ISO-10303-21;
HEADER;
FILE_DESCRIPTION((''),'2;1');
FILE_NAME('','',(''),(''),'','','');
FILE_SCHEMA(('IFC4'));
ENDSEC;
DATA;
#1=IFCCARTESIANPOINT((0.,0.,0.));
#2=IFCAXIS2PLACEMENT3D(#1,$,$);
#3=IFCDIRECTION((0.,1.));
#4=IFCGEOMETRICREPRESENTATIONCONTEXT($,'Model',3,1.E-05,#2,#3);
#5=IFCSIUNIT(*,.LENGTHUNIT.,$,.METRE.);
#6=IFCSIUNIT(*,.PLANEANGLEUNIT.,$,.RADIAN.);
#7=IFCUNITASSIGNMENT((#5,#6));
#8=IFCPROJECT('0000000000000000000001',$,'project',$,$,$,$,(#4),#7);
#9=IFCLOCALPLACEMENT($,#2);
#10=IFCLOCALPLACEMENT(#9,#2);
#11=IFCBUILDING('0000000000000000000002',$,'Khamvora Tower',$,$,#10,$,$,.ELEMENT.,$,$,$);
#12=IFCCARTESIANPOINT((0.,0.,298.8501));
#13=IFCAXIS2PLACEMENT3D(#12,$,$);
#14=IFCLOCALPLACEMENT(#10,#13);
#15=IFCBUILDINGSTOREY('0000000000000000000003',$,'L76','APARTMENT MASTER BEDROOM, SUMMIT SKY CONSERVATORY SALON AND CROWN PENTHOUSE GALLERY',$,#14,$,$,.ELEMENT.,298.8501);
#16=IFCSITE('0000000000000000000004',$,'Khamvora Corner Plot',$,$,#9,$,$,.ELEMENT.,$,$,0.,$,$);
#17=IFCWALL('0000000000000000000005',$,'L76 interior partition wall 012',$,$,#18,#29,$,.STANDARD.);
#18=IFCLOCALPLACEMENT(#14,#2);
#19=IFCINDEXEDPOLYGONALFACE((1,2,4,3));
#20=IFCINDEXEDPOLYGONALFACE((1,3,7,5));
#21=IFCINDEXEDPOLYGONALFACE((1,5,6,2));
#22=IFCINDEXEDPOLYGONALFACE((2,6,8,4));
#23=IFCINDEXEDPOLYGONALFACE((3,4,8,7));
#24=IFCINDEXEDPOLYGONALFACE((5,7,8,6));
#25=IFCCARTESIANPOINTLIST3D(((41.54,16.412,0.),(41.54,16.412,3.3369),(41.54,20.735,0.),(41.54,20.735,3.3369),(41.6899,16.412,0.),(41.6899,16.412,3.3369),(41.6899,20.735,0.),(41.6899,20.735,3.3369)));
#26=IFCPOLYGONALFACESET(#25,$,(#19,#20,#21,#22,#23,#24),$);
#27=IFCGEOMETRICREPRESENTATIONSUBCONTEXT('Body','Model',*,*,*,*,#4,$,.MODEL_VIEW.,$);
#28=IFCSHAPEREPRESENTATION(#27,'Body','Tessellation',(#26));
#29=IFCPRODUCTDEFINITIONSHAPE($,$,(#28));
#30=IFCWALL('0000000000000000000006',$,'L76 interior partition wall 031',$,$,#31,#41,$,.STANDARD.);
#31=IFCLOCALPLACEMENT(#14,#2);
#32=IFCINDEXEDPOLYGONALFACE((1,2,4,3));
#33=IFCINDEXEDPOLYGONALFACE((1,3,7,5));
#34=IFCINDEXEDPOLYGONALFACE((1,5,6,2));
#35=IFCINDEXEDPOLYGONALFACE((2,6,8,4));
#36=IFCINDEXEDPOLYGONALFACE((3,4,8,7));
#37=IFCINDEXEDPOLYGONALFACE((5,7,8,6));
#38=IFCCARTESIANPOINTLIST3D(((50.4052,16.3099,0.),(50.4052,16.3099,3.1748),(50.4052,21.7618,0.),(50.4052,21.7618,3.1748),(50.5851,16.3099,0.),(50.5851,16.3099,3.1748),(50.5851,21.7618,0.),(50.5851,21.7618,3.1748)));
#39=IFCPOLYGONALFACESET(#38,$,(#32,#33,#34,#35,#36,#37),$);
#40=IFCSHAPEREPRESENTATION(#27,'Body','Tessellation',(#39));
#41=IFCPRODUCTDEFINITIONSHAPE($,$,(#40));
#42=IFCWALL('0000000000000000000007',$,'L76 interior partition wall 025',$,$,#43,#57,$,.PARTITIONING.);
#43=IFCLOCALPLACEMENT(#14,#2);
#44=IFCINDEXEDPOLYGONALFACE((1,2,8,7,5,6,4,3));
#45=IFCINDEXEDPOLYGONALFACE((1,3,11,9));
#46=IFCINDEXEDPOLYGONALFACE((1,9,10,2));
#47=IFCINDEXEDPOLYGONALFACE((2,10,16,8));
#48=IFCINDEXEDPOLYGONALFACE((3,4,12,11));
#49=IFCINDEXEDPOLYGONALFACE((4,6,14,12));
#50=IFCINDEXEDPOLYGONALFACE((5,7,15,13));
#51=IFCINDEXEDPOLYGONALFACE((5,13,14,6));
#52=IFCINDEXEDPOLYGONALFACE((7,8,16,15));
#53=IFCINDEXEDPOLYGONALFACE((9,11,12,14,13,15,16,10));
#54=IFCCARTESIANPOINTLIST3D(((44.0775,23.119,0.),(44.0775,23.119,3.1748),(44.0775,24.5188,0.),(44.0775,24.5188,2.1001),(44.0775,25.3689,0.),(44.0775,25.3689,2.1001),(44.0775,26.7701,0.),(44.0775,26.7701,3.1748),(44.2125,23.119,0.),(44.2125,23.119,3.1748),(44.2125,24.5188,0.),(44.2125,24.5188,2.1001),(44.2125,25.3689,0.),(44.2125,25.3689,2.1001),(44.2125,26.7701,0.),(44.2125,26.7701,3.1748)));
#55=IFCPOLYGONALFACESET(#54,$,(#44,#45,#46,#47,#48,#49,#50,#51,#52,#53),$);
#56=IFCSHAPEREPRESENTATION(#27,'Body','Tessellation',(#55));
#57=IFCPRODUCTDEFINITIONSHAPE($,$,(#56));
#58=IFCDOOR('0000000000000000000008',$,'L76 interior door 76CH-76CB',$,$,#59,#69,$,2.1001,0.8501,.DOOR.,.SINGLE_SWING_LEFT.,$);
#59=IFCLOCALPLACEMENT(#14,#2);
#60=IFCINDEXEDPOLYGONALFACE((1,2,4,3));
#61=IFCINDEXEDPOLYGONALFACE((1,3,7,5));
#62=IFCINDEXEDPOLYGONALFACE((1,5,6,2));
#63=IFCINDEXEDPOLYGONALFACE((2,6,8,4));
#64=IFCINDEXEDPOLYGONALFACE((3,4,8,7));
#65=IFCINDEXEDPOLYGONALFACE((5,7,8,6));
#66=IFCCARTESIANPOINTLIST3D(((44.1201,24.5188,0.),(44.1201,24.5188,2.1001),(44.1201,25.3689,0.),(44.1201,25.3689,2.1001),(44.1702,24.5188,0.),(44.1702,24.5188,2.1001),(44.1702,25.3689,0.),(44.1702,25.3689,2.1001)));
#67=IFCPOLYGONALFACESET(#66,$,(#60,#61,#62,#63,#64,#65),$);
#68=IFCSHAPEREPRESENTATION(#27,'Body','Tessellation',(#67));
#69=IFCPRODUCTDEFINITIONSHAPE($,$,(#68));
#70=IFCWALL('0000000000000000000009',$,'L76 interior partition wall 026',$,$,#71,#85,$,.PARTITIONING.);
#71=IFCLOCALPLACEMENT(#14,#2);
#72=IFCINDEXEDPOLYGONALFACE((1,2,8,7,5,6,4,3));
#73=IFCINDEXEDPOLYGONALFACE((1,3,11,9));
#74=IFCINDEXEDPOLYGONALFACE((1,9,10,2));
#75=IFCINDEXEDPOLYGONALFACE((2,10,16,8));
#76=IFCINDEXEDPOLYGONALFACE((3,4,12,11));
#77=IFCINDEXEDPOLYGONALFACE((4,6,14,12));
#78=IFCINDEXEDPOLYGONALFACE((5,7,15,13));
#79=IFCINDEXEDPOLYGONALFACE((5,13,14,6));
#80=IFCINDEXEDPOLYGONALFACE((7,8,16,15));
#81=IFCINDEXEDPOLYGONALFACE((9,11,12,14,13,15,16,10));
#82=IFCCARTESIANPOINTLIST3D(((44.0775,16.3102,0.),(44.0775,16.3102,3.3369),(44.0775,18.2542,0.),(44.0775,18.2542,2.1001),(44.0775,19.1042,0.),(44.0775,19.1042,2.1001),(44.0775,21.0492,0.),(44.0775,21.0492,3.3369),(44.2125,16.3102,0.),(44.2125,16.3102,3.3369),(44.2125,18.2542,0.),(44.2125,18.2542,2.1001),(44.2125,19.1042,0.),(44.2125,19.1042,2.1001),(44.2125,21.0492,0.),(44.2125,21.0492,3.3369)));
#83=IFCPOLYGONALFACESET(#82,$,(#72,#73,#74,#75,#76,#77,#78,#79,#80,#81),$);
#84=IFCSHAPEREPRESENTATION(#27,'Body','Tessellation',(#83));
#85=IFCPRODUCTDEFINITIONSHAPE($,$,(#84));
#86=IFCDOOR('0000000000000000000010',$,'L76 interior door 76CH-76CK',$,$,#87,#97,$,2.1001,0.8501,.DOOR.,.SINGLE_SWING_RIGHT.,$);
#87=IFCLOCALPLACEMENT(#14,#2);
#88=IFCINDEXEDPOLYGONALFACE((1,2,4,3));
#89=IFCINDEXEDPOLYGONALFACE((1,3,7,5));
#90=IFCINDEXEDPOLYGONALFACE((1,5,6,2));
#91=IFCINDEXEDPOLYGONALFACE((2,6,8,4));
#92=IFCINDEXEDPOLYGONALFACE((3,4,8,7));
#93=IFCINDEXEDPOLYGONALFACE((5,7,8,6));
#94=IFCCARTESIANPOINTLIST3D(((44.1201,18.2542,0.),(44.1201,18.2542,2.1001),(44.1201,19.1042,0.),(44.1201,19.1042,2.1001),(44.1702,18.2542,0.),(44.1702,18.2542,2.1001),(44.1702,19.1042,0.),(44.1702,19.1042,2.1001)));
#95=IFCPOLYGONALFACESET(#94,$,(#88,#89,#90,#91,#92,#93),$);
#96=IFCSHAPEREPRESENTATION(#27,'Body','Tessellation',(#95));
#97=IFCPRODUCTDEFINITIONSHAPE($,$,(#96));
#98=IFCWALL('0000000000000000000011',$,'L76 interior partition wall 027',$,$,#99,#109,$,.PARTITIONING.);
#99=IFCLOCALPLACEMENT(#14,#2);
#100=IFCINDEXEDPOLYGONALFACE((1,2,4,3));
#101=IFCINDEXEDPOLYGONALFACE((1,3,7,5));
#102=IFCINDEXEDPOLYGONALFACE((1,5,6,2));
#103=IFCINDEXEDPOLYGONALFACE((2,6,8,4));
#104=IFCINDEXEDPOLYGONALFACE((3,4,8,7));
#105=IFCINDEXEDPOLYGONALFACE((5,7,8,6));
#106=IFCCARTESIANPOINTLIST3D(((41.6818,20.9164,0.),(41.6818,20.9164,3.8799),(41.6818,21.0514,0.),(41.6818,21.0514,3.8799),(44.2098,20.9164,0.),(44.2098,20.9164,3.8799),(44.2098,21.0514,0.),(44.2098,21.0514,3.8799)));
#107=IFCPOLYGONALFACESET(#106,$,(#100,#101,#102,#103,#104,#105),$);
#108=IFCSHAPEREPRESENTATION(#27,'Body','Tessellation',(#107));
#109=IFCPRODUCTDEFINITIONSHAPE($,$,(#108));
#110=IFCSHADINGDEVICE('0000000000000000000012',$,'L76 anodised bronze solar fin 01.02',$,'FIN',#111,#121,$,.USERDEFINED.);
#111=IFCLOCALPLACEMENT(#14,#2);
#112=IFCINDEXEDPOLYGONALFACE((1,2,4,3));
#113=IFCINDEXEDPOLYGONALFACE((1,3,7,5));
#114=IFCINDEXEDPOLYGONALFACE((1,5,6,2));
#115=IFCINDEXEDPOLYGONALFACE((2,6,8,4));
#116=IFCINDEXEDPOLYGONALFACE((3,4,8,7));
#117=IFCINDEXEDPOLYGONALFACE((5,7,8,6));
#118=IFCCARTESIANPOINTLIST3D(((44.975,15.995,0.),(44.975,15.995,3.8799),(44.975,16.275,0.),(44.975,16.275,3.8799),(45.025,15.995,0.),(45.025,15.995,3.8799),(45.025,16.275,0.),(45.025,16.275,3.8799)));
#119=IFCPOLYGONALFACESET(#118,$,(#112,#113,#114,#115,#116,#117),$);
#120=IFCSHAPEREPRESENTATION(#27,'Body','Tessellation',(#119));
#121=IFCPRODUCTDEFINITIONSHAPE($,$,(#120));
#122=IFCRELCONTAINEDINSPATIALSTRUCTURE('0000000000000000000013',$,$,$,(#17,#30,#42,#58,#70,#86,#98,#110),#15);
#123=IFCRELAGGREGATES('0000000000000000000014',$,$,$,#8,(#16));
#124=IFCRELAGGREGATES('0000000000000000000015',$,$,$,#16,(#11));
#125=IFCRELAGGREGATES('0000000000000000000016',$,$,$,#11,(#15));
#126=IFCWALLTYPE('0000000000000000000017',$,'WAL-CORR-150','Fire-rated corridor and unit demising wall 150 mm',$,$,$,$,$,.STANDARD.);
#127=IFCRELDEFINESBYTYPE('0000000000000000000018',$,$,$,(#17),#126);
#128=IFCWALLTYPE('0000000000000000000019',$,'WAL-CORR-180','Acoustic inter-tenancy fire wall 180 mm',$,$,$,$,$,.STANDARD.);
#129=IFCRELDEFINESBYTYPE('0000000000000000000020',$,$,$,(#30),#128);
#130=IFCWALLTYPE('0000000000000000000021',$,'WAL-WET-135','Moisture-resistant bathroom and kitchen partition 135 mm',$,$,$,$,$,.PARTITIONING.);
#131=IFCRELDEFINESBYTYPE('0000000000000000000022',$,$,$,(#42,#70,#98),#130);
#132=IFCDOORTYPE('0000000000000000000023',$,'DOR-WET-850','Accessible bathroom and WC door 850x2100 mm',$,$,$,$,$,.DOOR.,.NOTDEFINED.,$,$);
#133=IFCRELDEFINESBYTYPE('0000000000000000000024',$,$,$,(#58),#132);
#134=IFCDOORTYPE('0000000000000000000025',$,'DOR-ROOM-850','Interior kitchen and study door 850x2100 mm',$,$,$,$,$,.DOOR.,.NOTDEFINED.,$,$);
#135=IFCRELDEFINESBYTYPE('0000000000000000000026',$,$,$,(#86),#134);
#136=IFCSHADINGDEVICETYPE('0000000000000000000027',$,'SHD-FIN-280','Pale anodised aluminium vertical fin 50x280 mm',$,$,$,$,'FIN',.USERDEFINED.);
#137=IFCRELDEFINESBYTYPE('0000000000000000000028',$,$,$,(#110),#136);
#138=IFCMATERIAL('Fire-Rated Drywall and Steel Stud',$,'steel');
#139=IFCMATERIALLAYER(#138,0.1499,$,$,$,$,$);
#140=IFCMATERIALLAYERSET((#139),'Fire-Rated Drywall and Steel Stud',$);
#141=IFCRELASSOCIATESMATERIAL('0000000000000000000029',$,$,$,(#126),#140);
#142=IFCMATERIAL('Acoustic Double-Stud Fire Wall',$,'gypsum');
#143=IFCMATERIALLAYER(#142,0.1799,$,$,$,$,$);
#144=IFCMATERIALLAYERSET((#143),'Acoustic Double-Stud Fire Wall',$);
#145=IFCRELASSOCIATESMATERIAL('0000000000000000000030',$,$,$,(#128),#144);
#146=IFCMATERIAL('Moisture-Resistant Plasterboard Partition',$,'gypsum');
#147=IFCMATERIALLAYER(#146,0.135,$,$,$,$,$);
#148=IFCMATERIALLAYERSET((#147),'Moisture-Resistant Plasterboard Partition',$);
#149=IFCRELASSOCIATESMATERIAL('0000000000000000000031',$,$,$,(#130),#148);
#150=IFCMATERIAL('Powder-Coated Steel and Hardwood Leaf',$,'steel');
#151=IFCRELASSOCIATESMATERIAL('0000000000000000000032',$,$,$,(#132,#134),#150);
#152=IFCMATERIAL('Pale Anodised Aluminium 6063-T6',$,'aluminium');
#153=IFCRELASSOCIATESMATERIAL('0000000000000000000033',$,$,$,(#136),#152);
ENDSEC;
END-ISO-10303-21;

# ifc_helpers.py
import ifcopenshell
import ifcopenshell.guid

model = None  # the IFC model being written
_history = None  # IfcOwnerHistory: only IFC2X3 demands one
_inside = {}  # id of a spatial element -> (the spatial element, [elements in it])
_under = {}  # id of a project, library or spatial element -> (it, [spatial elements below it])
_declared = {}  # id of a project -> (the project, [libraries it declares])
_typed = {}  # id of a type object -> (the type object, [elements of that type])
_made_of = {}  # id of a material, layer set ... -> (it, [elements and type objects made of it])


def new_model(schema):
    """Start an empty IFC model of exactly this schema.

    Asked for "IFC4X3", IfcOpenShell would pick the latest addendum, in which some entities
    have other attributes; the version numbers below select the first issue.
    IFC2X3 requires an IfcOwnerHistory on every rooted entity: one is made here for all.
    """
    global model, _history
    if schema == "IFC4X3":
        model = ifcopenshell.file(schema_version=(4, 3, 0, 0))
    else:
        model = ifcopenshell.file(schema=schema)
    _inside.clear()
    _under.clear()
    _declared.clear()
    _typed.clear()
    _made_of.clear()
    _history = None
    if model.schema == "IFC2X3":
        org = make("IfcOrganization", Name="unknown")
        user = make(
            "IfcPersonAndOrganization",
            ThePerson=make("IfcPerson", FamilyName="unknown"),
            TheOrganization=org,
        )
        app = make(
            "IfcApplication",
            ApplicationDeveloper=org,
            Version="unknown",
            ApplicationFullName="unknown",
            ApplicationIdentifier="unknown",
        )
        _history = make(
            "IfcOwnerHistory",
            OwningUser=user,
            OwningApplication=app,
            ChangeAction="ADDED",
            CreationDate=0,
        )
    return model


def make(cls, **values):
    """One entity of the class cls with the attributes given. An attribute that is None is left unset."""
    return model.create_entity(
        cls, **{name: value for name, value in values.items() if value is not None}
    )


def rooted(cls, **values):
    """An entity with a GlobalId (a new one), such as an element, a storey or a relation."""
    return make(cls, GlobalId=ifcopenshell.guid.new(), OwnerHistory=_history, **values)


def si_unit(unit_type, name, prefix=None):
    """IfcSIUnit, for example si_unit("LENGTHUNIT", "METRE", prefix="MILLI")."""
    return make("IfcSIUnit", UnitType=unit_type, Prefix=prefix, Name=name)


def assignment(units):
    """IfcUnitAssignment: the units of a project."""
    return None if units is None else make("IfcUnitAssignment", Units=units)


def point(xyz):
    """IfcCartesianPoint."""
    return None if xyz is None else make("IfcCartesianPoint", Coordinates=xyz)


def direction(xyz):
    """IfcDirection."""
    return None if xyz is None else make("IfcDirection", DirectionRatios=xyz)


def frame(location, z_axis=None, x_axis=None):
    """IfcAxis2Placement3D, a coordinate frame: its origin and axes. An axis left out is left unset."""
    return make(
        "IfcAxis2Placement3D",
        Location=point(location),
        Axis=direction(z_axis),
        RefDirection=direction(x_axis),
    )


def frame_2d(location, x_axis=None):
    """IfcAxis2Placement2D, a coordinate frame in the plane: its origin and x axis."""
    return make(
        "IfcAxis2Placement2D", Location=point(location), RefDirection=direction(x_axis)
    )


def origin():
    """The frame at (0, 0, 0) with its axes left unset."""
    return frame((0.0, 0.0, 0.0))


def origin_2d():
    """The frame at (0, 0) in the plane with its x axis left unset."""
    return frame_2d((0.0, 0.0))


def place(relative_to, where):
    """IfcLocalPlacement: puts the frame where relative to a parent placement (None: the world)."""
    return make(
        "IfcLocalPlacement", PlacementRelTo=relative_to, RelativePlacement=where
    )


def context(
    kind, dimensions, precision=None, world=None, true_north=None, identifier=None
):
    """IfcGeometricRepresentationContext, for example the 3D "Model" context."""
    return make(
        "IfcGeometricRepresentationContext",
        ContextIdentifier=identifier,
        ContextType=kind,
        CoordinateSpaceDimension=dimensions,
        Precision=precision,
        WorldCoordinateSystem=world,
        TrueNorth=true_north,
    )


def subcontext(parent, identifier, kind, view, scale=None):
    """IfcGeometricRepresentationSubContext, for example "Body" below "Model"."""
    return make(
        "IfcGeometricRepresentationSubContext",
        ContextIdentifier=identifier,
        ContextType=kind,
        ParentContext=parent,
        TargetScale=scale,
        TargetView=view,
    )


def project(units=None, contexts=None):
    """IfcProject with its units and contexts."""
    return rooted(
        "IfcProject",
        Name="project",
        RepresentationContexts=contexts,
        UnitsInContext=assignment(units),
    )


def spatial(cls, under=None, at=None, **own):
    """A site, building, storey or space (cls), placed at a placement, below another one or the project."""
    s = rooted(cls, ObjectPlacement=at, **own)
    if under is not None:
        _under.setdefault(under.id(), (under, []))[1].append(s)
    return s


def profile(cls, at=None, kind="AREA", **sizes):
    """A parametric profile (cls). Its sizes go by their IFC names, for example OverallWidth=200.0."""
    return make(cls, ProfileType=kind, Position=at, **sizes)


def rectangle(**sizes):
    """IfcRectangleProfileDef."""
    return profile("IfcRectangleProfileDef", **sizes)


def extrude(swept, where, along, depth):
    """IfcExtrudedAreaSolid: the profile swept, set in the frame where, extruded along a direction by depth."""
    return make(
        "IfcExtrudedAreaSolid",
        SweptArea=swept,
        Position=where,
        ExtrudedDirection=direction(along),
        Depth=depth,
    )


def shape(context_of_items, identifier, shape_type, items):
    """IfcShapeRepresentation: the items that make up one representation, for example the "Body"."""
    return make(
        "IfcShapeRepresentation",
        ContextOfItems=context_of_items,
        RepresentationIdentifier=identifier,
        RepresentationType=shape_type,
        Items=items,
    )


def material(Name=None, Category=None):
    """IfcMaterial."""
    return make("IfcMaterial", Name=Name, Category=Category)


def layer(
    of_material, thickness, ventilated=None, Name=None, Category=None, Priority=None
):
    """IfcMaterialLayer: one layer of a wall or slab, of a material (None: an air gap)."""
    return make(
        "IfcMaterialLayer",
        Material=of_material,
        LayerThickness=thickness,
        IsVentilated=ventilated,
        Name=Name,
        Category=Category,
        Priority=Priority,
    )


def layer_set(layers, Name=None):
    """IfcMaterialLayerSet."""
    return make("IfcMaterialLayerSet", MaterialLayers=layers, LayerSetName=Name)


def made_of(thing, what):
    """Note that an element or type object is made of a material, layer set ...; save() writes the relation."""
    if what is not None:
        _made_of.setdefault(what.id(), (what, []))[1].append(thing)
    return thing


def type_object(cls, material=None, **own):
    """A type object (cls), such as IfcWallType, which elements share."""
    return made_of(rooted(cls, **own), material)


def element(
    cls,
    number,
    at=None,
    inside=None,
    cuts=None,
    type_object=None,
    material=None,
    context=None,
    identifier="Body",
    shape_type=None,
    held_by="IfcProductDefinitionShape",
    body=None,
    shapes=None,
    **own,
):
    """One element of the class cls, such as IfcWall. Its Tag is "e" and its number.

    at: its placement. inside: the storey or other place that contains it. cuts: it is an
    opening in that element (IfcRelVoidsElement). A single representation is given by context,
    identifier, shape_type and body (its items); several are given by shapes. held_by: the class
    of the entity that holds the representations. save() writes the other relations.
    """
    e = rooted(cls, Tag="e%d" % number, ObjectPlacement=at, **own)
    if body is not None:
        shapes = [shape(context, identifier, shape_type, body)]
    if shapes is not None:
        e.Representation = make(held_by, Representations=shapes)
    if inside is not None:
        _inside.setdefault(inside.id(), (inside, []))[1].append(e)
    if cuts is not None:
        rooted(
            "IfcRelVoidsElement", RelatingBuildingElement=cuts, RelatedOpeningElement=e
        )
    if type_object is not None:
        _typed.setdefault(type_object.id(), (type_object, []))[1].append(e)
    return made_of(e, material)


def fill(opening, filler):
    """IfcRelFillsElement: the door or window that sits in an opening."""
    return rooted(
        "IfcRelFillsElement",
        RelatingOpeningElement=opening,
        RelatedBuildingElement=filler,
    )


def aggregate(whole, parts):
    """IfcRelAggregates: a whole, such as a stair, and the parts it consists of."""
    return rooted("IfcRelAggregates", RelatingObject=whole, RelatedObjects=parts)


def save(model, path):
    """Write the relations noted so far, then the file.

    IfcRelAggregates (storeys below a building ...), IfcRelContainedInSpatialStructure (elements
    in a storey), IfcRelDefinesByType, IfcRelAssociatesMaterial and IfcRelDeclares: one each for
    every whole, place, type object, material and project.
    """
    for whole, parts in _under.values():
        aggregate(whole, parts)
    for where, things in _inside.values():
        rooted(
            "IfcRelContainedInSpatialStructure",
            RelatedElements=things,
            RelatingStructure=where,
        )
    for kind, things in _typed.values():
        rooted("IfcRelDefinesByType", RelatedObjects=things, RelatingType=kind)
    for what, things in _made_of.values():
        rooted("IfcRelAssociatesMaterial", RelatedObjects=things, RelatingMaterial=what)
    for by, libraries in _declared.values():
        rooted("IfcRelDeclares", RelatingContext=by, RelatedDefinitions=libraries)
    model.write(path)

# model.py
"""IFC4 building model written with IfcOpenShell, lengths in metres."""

from ifc_helpers import new_model, si_unit, direction, frame, frame_2d, origin, origin_2d, place, context, subcontext, project, spatial, rectangle, extrude, material, layer, layer_set, type_object, element, fill, save


model = new_model("IFC4")

# Units and contexts
model_context = context("Model", 3, precision=1e-05, world=origin(), true_north=direction((0.0, 1.0)))
body_context = subcontext(model_context, "Body", "Model", "MODEL_VIEW")
ifc_project = project(units=[si_unit("LENGTHUNIT", "METRE"), si_unit("PLANEANGLEUNIT", "RADIAN")], contexts=[model_context])

# Site, building, storey
site_placement = place(None, origin())
site = spatial("IfcSite", under=ifc_project, at=site_placement, Name="Khamvora Corner Plot", CompositionType="ELEMENT", RefElevation=0.0)
building_placement = place(site_placement, origin())
building = spatial("IfcBuilding", under=site, at=building_placement, Name="Khamvora Tower", CompositionType="ELEMENT")
storey_placement = place(building_placement, frame((0.0, 0.0, 298.8501)))
storey = spatial("IfcBuildingStorey", under=building, at=storey_placement, Name="L76", Description="APARTMENT MASTER BEDROOM, SUMMIT SKY CONSERVATORY SALON AND CROWN PENTHOUSE GALLERY", CompositionType="ELEMENT", Elevation=298.8501)

# Walls
ifc_material_1 = material(Name="Fire-Rated Drywall and Steel Stud", Category="steel")
ifc_layer_1 = layer(ifc_material_1, 0.1499)
ifc_layer_set_1 = layer_set([ifc_layer_1], Name="Fire-Rated Drywall and Steel Stud")
wall_type_1 = type_object("IfcWallType", Name="WAL-CORR-150", Description="Fire-rated corridor and unit demising wall 150 mm", PredefinedType="STANDARD", material=ifc_layer_set_1)
wall_1_placement = place(storey_placement, frame((41.615, 20.7351, 0.0), z_axis=(0.0, 0.0, 1.0), x_axis=(0.0, -1.0, 0.0)))
element("IfcWall", 1, at=wall_1_placement, inside=storey, type_object=wall_type_1, Name="L76 interior partition wall 012", PredefinedType="STANDARD", context=body_context, shape_type="SweptSolid", body=[
    extrude(rectangle(XDim=4.323, YDim=0.1499, at=frame_2d((2.1616, 0.0))), origin(), (0.0, 0.0, 1.0), 3.3369),
])
ifc_material_2 = material(Name="Acoustic Double-Stud Fire Wall", Category="gypsum")
ifc_layer_2 = layer(ifc_material_2, 0.1799)
ifc_layer_set_2 = layer_set([ifc_layer_2], Name="Acoustic Double-Stud Fire Wall")
wall_type_2 = type_object("IfcWallType", Name="WAL-CORR-180", Description="Acoustic inter-tenancy fire wall 180 mm", PredefinedType="STANDARD", material=ifc_layer_set_2)
wall_2_placement = place(storey_placement, frame((50.4951, 21.762, 0.0), z_axis=(0.0, 0.0, 1.0), x_axis=(0.0, -1.0, 0.0)))
element("IfcWall", 2, at=wall_2_placement, inside=storey, type_object=wall_type_2, Name="L76 interior partition wall 031", PredefinedType="STANDARD", context=body_context, shape_type="SweptSolid", body=[
    extrude(rectangle(XDim=5.4519, YDim=0.1799, at=frame_2d((2.7261, 0.0))), origin(), (0.0, 0.0, 1.0), 3.1748),
])

# Walls, openings, doors
ifc_material_3 = material(Name="Moisture-Resistant Plasterboard Partition", Category="gypsum")
ifc_layer_3 = layer(ifc_material_3, 0.135)
ifc_layer_set_3 = layer_set([ifc_layer_3], Name="Moisture-Resistant Plasterboard Partition")
wall_type_3 = type_object("IfcWallType", Name="WAL-WET-135", Description="Moisture-resistant bathroom and kitchen partition 135 mm", PredefinedType="PARTITIONING", material=ifc_layer_set_3)
wall_3_placement = place(storey_placement, frame((44.145, 23.1189, 0.0), z_axis=(0.0, 0.0, 1.0), x_axis=(0.0, 1.0, 0.0)))
wall_3 = element("IfcWall", 3, at=wall_3_placement, inside=storey, type_object=wall_type_3, Name="L76 interior partition wall 025", PredefinedType="PARTITIONING", context=body_context, shape_type="SweptSolid", body=[
    extrude(rectangle(XDim=3.6511, YDim=0.135, at=frame_2d((1.8257, 0.0))), origin(), (0.0, 0.0, 1.0), 3.1748),
])
opening_1_placement = place(wall_3_placement, frame((1.3999, 0.0, 0.0)))
opening_1 = element("IfcOpeningElement", 4, at=opening_1_placement, cuts=wall_3, PredefinedType="OPENING", context=body_context, shape_type="SweptSolid", body=[
    extrude(rectangle(XDim=0.8501, YDim=2.1001, at=frame_2d((0.425, 1.05))), frame((0.0, 0.0774, 0.0), z_axis=(0.0, -1.0, 0.0), x_axis=(1.0, 0.0, 0.0)), (0.0, 0.0, 1.0), 0.155),
])
ifc_material_4 = material(Name="Powder-Coated Steel and Hardwood Leaf", Category="steel")
door_type_1 = type_object("IfcDoorType", Name="DOR-WET-850", Description="Accessible bathroom and WC door 850x2100 mm", OperationType="NOTDEFINED", PredefinedType="DOOR", material=ifc_material_4)
door_1_placement = place(opening_1_placement, origin())
door_1 = element("IfcDoor", 5, at=door_1_placement, inside=storey, type_object=door_type_1, Name="L76 interior door 76CH-76CB", OperationType="SINGLE_SWING_LEFT", OverallHeight=2.1001, OverallWidth=0.8501, PredefinedType="DOOR", context=body_context, shape_type="SweptSolid", body=[
    extrude(rectangle(XDim=0.8501, YDim=2.1001, at=frame_2d((0.425, 1.05))), frame((0.0, 0.0249, 0.0), z_axis=(0.0, -1.0, 0.0), x_axis=(1.0, 0.0, 0.0)), (0.0, 0.0, 1.0), 0.05),
])
fill(opening_1, door_1)
wall_4_placement = place(storey_placement, frame((44.145, 16.3101, 0.0), z_axis=(0.0, 0.0, 1.0), x_axis=(0.0, 1.0, 0.0)))
wall_4 = element("IfcWall", 6, at=wall_4_placement, inside=storey, type_object=wall_type_3, Name="L76 interior partition wall 026", PredefinedType="PARTITIONING", context=body_context, shape_type="SweptSolid", body=[
    extrude(rectangle(XDim=4.739, YDim=0.135, at=frame_2d((2.3696, 0.0))), origin(), (0.0, 0.0, 1.0), 3.3369),
])
opening_2_placement = place(wall_4_placement, frame((1.9441, 0.0, 0.0)))
opening_2 = element("IfcOpeningElement", 7, at=opening_2_placement, cuts=wall_4, PredefinedType="OPENING", context=body_context, shape_type="SweptSolid", body=[
    extrude(rectangle(XDim=0.8501, YDim=2.1001, at=frame_2d((0.425, 1.05))), frame((0.0, 0.0774, 0.0), z_axis=(0.0, -1.0, 0.0), x_axis=(1.0, 0.0, 0.0)), (0.0, 0.0, 1.0), 0.155),
])
door_type_2 = type_object("IfcDoorType", Name="DOR-ROOM-850", Description="Interior kitchen and study door 850x2100 mm", OperationType="NOTDEFINED", PredefinedType="DOOR", material=ifc_material_4)
door_2_placement = place(opening_2_placement, origin())
door_2 = element("IfcDoor", 8, at=door_2_placement, inside=storey, type_object=door_type_2, Name="L76 interior door 76CH-76CK", OperationType="SINGLE_SWING_RIGHT", OverallHeight=2.1001, OverallWidth=0.8501, PredefinedType="DOOR", context=body_context, shape_type="SweptSolid", body=[
    extrude(rectangle(XDim=0.8501, YDim=2.1001, at=frame_2d((0.425, 1.05))), frame((0.0, 0.0249, 0.0), z_axis=(0.0, -1.0, 0.0), x_axis=(1.0, 0.0, 0.0)), (0.0, 0.0, 1.0), 0.05),
])
fill(opening_2, door_2)

# Wall
wall_5_placement = place(storey_placement, frame((44.21, 20.9839, 0.0), z_axis=(0.0, 0.0, 1.0), x_axis=(-1.0, 0.0, 0.0)))
element("IfcWall", 9, at=wall_5_placement, inside=storey, type_object=wall_type_3, Name="L76 interior partition wall 027", PredefinedType="PARTITIONING", context=body_context, shape_type="SweptSolid", body=[
    extrude(rectangle(XDim=2.5281, YDim=0.135, at=frame_2d((1.2642, 0.0))), origin(), (0.0, 0.0, 1.0), 3.8799),
])

# Shading device
ifc_material_5 = material(Name="Pale Anodised Aluminium 6063-T6", Category="aluminium")
shading_device_type = type_object("IfcShadingDeviceType", Name="SHD-FIN-280", Description="Pale anodised aluminium vertical fin 50x280 mm", ElementType="FIN", PredefinedType="USERDEFINED", material=ifc_material_5)
shading_device_placement = place(storey_placement, frame((45.0, 16.135, 0.0), z_axis=(0.0, 0.0, 1.0), x_axis=(-1.0, 0.0, 0.0)))
element("IfcShadingDevice", 10, at=shading_device_placement, inside=storey, type_object=shading_device_type, Name="L76 anodised bronze solar fin 01.02", ObjectType="FIN", PredefinedType="USERDEFINED", context=body_context, shape_type="SweptSolid", body=[
    extrude(rectangle(XDim=0.05, YDim=0.28, at=origin_2d()), origin(), (0.0, 0.0, 1.0), 3.8799),
])

save(model, "model.ifc")
